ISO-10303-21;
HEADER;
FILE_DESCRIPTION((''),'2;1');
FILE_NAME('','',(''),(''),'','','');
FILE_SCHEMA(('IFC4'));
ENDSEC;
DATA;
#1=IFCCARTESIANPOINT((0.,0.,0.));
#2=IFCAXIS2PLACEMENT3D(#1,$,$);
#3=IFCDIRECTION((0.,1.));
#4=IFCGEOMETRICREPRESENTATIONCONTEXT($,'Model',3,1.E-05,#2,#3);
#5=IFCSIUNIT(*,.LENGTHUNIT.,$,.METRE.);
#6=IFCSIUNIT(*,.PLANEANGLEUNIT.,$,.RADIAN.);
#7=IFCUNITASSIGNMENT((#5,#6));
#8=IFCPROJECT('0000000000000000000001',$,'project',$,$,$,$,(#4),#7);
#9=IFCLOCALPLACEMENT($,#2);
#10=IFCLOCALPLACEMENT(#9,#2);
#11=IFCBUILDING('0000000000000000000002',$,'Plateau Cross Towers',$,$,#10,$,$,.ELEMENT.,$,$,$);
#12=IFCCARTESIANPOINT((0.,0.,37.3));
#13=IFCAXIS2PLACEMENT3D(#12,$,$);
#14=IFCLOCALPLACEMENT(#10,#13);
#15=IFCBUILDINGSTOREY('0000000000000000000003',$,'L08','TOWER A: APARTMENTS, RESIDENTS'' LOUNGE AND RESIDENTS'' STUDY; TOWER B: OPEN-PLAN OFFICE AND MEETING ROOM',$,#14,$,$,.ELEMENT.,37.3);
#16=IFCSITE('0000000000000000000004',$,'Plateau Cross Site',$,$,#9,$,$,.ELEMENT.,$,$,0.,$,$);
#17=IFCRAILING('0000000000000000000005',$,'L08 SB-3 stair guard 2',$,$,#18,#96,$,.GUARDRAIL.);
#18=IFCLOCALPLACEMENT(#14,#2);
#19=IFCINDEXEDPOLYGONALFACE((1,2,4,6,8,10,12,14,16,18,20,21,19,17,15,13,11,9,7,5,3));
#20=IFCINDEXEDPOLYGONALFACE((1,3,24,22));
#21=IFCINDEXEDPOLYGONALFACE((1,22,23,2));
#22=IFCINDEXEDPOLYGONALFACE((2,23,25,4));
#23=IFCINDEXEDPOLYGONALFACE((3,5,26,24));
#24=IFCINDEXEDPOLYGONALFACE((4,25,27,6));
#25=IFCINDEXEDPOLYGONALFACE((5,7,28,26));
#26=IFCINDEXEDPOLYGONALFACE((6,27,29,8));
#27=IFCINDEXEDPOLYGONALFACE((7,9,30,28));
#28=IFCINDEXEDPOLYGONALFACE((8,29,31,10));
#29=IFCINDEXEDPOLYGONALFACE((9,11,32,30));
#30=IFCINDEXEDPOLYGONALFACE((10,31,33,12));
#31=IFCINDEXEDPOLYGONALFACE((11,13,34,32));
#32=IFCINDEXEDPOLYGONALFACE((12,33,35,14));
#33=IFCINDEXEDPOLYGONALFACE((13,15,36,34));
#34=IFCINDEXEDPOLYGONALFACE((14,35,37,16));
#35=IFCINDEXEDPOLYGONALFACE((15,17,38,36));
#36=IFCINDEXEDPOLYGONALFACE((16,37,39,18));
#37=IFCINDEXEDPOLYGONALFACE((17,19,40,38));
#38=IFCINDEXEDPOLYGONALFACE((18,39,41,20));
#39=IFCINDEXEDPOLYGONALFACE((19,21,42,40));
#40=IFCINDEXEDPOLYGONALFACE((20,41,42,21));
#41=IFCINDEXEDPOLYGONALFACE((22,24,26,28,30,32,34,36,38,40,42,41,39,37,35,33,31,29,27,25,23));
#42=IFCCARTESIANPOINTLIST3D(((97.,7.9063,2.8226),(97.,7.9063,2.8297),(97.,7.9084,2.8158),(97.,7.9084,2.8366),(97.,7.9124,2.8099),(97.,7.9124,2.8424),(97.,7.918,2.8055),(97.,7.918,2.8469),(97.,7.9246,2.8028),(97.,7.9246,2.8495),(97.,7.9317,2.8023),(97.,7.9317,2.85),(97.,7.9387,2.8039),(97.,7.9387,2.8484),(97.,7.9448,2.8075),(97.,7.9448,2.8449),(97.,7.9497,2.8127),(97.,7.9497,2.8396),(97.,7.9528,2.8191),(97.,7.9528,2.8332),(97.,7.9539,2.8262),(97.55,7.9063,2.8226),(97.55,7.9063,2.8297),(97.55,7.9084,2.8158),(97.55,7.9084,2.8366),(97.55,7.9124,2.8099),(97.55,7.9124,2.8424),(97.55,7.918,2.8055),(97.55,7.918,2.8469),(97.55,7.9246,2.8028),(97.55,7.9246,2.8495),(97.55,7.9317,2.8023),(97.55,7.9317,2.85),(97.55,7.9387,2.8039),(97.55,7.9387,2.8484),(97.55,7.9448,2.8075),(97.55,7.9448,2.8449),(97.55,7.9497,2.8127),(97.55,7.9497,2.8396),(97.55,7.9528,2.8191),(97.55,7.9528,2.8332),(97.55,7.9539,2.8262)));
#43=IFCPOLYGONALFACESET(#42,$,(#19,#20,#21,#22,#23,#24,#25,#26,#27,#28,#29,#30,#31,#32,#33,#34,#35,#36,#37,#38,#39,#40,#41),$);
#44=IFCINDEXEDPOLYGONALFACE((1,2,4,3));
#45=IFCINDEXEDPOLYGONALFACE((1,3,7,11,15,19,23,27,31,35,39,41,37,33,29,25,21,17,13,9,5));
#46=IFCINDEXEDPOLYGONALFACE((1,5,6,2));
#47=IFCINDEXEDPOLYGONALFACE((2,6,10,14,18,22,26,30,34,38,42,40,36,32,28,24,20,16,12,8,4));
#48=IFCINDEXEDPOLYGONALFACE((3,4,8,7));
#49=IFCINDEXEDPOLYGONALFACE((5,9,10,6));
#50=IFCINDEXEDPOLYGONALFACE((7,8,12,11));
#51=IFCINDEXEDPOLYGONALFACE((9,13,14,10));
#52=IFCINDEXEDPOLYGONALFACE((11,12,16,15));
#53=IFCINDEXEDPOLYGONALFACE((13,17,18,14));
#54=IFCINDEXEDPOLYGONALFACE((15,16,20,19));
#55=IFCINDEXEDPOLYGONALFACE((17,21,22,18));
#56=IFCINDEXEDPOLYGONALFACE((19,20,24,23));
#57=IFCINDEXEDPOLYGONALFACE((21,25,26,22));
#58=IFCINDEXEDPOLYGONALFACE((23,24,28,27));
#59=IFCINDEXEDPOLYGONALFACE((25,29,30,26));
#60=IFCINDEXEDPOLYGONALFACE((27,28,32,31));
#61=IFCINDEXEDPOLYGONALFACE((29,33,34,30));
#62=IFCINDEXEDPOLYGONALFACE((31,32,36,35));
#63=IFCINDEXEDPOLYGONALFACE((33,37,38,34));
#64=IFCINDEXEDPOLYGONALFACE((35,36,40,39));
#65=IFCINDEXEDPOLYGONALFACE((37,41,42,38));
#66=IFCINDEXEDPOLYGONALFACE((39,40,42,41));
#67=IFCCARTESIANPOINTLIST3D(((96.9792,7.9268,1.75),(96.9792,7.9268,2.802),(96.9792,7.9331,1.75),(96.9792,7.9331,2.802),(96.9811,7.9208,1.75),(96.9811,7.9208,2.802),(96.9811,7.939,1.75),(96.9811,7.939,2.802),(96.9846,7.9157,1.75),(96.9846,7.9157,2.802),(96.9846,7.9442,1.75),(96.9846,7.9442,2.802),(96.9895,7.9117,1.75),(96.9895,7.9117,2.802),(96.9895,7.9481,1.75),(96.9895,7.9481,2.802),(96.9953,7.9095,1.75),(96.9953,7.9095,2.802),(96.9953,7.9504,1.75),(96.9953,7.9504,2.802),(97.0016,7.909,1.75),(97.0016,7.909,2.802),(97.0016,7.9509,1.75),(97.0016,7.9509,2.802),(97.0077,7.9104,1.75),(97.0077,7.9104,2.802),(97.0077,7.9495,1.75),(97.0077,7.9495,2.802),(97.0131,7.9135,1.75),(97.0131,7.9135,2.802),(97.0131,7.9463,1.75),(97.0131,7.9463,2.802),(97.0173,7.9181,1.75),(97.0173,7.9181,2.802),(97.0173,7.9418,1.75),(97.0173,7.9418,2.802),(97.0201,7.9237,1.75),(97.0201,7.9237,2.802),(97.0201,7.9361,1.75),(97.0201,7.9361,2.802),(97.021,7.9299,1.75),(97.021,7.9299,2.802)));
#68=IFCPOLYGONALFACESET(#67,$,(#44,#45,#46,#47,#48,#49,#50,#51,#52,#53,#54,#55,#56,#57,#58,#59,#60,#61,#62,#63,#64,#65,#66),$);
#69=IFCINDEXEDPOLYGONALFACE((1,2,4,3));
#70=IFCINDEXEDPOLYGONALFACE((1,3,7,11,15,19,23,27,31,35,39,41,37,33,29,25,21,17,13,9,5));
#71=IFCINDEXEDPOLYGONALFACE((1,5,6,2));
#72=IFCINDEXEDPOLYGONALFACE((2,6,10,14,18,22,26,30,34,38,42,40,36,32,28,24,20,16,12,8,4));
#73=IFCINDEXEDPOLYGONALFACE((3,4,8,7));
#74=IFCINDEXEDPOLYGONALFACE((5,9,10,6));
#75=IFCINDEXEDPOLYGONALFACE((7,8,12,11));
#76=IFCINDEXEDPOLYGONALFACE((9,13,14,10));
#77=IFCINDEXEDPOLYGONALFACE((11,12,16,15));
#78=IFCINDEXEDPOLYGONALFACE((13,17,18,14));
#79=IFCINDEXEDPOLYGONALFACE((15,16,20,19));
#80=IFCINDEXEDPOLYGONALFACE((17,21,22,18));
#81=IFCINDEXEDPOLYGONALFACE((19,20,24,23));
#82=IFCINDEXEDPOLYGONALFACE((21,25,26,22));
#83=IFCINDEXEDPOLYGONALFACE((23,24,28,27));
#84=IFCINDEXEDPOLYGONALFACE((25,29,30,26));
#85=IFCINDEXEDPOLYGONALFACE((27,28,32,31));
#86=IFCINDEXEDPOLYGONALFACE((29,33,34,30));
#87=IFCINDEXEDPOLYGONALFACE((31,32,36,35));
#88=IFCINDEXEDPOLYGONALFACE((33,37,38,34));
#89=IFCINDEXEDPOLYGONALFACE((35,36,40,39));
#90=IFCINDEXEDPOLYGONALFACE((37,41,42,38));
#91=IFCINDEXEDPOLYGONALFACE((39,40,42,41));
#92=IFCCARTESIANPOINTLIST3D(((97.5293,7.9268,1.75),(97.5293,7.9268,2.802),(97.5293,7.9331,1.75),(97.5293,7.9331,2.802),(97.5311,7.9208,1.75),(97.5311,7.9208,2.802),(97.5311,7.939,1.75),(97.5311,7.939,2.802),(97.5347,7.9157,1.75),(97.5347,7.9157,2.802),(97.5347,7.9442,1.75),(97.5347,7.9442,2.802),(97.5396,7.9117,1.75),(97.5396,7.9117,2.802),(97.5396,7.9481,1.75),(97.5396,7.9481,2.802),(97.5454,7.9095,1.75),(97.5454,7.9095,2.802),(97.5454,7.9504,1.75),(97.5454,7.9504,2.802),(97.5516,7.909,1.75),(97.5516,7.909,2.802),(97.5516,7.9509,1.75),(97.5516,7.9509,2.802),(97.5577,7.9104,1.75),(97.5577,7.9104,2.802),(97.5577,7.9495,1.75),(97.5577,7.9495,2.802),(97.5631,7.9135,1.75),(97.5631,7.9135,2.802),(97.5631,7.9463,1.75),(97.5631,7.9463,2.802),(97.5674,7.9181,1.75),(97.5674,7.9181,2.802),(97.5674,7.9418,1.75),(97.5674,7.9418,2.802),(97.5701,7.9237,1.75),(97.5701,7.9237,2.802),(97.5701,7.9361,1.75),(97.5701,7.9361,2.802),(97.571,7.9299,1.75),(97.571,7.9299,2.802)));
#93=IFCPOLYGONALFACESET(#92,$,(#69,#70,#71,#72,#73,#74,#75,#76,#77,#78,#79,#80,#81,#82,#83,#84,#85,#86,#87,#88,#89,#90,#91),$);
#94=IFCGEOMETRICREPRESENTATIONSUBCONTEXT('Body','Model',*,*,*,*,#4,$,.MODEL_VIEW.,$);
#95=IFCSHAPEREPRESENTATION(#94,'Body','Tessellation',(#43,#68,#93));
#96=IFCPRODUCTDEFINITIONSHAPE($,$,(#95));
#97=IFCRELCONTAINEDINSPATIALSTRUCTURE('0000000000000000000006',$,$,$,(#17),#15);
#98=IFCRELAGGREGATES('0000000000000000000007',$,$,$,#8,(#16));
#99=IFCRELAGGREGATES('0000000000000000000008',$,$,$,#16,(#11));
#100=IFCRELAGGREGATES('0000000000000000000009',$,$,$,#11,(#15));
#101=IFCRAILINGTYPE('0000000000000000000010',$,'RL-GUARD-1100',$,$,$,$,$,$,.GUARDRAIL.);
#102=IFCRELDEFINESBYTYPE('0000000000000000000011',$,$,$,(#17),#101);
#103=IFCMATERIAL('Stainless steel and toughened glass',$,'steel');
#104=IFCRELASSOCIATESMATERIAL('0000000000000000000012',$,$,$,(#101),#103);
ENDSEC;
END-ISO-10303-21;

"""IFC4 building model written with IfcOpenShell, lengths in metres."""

from ifc_helpers import new_model, si_unit, direction, frame, origin, origin_2d, place, context, subcontext, project, spatial, circle, extrude, material, type_object, element, save


model = new_model("IFC4")

# Units and contexts
model_context = context("Model", 3, precision=1e-05, world=origin(), true_north=direction((0.0, 1.0)))
body_context = subcontext(model_context, "Body", "Model", "MODEL_VIEW")
ifc_project = project(units=[si_unit("LENGTHUNIT", "METRE"), si_unit("PLANEANGLEUNIT", "RADIAN")], contexts=[model_context])

# Site, building, storey
site_placement = place(None, origin())
site = spatial("IfcSite", under=ifc_project, at=site_placement, Name="Plateau Cross Site", CompositionType="ELEMENT", RefElevation=0.0)
building_placement = place(site_placement, origin())
building = spatial("IfcBuilding", under=site, at=building_placement, Name="Plateau Cross Towers", CompositionType="ELEMENT")
storey_placement = place(building_placement, frame((0.0, 0.0, 37.3)))
storey = spatial("IfcBuildingStorey", under=building, at=storey_placement, Name="L08", Description="TOWER A: APARTMENTS, RESIDENTS' LOUNGE AND RESIDENTS' STUDY; TOWER B: OPEN-PLAN OFFICE AND MEETING ROOM", CompositionType="ELEMENT", Elevation=37.3)

# Railing
ifc_material_1 = material(Name="Stainless steel and toughened glass", Category="steel")
railing_type_1 = type_object("IfcRailingType", Name="RL-GUARD-1100", PredefinedType="GUARDRAIL", material=ifc_material_1)
railing_1_placement = place(storey_placement, frame((97.0, 7.9299, 1.75)))
element("IfcRailing", 1, at=railing_1_placement, inside=storey, type_object=railing_type_1, Name="L08 SB-3 stair guard 2", PredefinedType="GUARDRAIL", context=body_context, shape_type="SweptSolid", body=[
    extrude(circle(Radius=0.0239, at=origin_2d()), frame((0.0, 0.0, 1.0762), z_axis=(1.0, 0.0, 0.0), x_axis=(0.0, 1.0, 0.0)), (0.0, 0.0, 1.0), 0.55),
    extrude(circle(Radius=0.021, at=origin_2d()), origin(), (0.0, 0.0, 1.0), 1.052),
    extrude(circle(Radius=0.021, at=origin_2d()), frame((0.55, 0.0, 0.0)), (0.0, 0.0, 1.0), 1.052),
])

save(model, "model.ifc")
